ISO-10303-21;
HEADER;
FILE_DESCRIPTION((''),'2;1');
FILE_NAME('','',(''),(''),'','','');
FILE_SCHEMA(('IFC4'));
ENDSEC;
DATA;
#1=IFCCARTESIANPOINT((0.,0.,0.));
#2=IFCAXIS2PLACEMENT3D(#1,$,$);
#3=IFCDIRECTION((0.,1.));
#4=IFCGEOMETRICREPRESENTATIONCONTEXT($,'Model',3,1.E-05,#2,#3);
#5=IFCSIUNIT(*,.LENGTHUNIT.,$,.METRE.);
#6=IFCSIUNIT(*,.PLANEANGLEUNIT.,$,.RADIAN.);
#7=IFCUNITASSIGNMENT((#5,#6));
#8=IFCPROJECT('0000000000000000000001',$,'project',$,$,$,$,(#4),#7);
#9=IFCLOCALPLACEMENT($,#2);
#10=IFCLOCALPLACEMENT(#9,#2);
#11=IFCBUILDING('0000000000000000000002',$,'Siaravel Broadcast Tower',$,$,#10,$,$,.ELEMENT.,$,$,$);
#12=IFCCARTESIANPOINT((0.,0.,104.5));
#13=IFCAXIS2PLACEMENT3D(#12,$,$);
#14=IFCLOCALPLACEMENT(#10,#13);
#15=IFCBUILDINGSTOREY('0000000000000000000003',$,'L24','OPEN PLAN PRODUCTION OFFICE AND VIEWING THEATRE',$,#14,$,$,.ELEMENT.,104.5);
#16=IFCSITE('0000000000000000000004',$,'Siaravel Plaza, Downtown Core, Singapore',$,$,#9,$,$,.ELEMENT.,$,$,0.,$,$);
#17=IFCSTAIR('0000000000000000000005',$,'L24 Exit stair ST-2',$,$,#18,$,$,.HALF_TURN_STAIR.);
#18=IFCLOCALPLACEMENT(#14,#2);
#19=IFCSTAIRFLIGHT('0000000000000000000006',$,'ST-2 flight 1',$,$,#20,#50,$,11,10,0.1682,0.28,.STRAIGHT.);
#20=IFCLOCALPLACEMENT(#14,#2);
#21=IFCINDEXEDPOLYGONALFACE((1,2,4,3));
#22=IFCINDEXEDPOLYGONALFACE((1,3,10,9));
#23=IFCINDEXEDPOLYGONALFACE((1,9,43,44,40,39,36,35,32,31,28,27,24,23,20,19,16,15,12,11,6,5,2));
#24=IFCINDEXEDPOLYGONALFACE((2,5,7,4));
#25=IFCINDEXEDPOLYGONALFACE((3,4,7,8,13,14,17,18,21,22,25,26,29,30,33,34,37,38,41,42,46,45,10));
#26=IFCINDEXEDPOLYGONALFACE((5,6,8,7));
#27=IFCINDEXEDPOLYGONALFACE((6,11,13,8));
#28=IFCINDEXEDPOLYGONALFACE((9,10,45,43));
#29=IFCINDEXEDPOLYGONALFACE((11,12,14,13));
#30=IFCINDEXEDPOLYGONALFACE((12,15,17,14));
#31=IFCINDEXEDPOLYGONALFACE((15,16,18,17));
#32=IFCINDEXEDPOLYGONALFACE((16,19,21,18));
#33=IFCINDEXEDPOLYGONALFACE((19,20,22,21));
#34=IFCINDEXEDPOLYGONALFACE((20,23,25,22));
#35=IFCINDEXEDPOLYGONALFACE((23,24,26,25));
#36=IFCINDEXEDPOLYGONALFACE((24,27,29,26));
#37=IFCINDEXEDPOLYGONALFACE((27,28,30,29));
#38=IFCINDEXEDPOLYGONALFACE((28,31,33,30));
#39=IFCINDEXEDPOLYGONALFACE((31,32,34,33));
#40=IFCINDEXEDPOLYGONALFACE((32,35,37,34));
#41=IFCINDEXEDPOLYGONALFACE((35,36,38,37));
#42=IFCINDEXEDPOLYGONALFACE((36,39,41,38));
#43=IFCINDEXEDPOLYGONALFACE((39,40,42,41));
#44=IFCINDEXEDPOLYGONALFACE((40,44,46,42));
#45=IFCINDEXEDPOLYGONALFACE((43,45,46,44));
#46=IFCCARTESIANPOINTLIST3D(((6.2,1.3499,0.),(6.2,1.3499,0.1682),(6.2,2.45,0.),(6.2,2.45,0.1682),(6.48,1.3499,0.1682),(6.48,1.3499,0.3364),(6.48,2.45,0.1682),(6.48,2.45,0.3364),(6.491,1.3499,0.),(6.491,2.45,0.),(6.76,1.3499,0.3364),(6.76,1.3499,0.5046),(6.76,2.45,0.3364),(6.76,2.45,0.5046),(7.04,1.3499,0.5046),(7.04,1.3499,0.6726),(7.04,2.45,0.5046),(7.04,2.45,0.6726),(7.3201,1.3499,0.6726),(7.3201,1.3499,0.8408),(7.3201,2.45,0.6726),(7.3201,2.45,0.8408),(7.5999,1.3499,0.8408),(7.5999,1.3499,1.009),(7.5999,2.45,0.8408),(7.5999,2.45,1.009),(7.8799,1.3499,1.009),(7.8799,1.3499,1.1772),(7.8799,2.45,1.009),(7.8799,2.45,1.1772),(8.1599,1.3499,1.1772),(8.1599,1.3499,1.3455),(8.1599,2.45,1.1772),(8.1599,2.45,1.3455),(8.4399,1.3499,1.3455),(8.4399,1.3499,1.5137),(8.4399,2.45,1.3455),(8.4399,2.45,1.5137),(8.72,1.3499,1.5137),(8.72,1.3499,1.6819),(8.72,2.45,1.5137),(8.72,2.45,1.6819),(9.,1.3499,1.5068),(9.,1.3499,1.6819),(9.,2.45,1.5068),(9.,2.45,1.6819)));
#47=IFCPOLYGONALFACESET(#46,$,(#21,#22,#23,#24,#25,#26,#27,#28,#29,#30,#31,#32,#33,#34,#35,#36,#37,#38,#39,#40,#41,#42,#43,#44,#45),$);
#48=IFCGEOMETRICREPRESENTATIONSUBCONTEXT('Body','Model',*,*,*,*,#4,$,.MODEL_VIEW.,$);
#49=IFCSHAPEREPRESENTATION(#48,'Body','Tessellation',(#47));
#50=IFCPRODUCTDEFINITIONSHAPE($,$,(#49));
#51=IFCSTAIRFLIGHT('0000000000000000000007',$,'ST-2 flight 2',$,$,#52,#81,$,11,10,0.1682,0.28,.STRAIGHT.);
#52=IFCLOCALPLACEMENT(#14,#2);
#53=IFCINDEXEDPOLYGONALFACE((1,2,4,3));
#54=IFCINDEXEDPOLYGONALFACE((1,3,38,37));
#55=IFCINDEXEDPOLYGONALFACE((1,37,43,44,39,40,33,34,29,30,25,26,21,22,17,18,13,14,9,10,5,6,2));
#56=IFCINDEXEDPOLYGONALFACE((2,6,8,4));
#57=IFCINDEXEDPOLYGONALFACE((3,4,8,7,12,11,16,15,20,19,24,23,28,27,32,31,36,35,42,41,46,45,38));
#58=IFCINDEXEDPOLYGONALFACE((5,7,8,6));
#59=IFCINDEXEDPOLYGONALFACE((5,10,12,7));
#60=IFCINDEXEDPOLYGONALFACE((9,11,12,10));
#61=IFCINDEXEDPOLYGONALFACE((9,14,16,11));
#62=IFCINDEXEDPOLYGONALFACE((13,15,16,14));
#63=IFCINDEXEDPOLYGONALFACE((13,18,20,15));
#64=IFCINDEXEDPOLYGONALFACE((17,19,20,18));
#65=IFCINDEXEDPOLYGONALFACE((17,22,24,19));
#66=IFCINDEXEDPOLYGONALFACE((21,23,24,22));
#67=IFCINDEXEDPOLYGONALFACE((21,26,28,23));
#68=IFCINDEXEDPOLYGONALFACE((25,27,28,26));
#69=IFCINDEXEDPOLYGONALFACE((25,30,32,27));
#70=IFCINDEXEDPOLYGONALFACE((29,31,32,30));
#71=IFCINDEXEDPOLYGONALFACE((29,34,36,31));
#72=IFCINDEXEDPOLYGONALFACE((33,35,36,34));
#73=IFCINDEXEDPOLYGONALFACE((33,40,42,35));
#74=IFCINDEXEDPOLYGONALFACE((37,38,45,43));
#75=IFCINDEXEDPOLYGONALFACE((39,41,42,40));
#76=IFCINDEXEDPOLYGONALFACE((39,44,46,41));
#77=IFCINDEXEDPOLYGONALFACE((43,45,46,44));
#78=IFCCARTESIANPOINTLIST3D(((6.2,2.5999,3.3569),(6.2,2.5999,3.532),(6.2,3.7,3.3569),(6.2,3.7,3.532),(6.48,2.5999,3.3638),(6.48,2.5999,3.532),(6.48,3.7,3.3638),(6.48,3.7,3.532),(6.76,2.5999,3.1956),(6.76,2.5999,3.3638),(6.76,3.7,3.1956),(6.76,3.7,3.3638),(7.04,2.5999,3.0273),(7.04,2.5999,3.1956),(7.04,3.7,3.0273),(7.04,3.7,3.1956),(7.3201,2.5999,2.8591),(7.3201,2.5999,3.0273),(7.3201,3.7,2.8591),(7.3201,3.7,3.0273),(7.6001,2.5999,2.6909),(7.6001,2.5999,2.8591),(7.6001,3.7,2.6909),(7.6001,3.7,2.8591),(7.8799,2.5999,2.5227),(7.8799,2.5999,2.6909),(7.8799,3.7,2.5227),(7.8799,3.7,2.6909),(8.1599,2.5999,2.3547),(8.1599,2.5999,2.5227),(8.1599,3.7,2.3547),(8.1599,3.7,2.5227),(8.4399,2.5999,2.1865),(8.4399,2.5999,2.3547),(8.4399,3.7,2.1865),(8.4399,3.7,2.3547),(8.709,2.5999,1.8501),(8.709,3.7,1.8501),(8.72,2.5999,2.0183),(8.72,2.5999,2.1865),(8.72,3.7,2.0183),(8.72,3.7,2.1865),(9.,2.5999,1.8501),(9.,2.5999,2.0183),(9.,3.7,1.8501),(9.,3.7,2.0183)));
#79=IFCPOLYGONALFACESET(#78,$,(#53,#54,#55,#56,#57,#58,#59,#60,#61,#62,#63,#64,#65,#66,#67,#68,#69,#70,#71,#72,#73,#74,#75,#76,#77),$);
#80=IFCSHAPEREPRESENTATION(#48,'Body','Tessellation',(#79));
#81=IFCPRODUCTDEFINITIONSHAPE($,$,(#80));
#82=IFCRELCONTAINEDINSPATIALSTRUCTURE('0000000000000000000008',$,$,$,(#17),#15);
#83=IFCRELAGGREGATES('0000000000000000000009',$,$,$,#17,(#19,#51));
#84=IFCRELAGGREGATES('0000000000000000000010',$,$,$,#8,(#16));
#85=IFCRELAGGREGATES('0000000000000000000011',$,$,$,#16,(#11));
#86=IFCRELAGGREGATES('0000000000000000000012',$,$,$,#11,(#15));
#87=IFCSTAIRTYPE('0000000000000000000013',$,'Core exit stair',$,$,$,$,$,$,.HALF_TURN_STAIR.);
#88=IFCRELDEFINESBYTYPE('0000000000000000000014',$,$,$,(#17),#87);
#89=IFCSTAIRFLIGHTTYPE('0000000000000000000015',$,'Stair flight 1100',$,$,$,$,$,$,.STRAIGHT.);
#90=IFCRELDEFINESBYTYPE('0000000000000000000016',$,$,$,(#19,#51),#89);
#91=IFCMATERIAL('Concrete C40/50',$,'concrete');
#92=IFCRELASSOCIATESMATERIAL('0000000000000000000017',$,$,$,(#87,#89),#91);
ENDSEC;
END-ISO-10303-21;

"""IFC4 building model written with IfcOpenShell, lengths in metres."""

from ifc_helpers import new_model, si_unit, direction, frame, origin, place, context, subcontext, project, spatial, polyline, outline, extrude, material, type_object, element, aggregate, save


model = new_model("IFC4")

# Units and contexts
model_context = context("Model", 3, precision=1e-05, world=origin(), true_north=direction((0.0, 1.0)))
body_context = subcontext(model_context, "Body", "Model", "MODEL_VIEW")
ifc_project = project(units=[si_unit("LENGTHUNIT", "METRE"), si_unit("PLANEANGLEUNIT", "RADIAN")], contexts=[model_context])

# Site, building, storey
site_placement = place(None, origin())
site = spatial("IfcSite", under=ifc_project, at=site_placement, Name="Siaravel Plaza, Downtown Core, Singapore", CompositionType="ELEMENT", RefElevation=0.0)
building_placement = place(site_placement, origin())
building = spatial("IfcBuilding", under=site, at=building_placement, Name="Siaravel Broadcast Tower", CompositionType="ELEMENT")
storey_placement = place(building_placement, frame((0.0, 0.0, 104.5)))
storey = spatial("IfcBuildingStorey", under=building, at=storey_placement, Name="L24", Description="OPEN PLAN PRODUCTION OFFICE AND VIEWING THEATRE", CompositionType="ELEMENT", Elevation=104.5)

# Stair, stair flights
ifc_material_1 = material(Name="Concrete C40/50", Category="concrete")
stair_type = type_object("IfcStairType", Name="Core exit stair", PredefinedType="HALF_TURN_STAIR", material=ifc_material_1)
stair_placement = place(storey_placement, origin())
stair = element("IfcStair", 1, at=stair_placement, inside=storey, type_object=stair_type, Name="L24 Exit stair ST-2", PredefinedType="HALF_TURN_STAIR")
stair_flight_type = type_object("IfcStairFlightType", Name="Stair flight 1100", PredefinedType="STRAIGHT", material=ifc_material_1)
stair_flight_1_placement = place(storey_placement, frame((6.2, 1.8999, 0.0), z_axis=(0.0, 0.0, 1.0), x_axis=(1.0, 0.0, 0.0)))
stair_flight_1 = element("IfcStairFlight", 2, at=stair_flight_1_placement, type_object=stair_flight_type, Name="ST-2 flight 1", NumberOfRisers=11, NumberOfTreads=10, PredefinedType="STRAIGHT", RiserHeight=0.1682, TreadLength=0.28, context=body_context, shape_type="SweptSolid", body=[
    extrude(outline(polyline([(0.0, 0.0), (0.0, 0.1682), (0.28, 0.1682), (0.28, 0.3364), (0.5601, 0.3364), (0.5601, 0.5046), (0.8401, 0.5046), (0.8401, 0.6726), (1.1201, 0.6726), (1.1201, 0.8408), (1.3999, 0.8408), (1.3999, 1.009), (1.6799, 1.009), (1.6799, 1.1772), (1.96, 1.1772), (1.96, 1.3455), (2.24, 1.3455), (2.24, 1.5137), (2.52, 1.5137), (2.52, 1.6819), (2.8, 1.6819), (2.8, 1.8501), (2.8, 1.5068), (0.291, 0.0), (0.0, 0.0)])), frame((0.0, 0.55, 0.0), z_axis=(0.0, -1.0, 0.0), x_axis=(1.0, 0.0, 0.0)), (0.0, 0.0, 1.0), 1.1001),
])
stair_flight_2_placement = place(storey_placement, frame((9.0, 3.1499, 1.8501), z_axis=(0.0, 0.0, 1.0), x_axis=(-1.0, 0.0, 0.0)))
stair_flight_2 = element("IfcStairFlight", 3, at=stair_flight_2_placement, type_object=stair_flight_type, Name="ST-2 flight 2", NumberOfRisers=11, NumberOfTreads=10, PredefinedType="STRAIGHT", RiserHeight=0.1682, TreadLength=0.28, context=body_context, shape_type="SweptSolid", body=[
    extrude(outline(polyline([(0.0, 0.0), (0.0, 0.1682), (0.28, 0.1682), (0.28, 0.3364), (0.5601, 0.3364), (0.5601, 0.5046), (0.8401, 0.5046), (0.8401, 0.6726), (1.1201, 0.6726), (1.1201, 0.8408), (1.3999, 0.8408), (1.3999, 1.009), (1.6799, 1.009), (1.6799, 1.1772), (1.96, 1.1772), (1.96, 1.3455), (2.24, 1.3455), (2.24, 1.5137), (2.52, 1.5137), (2.52, 1.6819), (2.8, 1.6819), (2.8, 1.8501), (2.8, 1.5068), (0.291, 0.0), (0.0, 0.0)])), frame((0.0, 0.55, 0.0), z_axis=(0.0, -1.0, 0.0), x_axis=(1.0, 0.0, 0.0)), (0.0, 0.0, 1.0), 1.1001),
])
aggregate(stair, [stair_flight_1, stair_flight_2])

save(model, "model.ifc")
